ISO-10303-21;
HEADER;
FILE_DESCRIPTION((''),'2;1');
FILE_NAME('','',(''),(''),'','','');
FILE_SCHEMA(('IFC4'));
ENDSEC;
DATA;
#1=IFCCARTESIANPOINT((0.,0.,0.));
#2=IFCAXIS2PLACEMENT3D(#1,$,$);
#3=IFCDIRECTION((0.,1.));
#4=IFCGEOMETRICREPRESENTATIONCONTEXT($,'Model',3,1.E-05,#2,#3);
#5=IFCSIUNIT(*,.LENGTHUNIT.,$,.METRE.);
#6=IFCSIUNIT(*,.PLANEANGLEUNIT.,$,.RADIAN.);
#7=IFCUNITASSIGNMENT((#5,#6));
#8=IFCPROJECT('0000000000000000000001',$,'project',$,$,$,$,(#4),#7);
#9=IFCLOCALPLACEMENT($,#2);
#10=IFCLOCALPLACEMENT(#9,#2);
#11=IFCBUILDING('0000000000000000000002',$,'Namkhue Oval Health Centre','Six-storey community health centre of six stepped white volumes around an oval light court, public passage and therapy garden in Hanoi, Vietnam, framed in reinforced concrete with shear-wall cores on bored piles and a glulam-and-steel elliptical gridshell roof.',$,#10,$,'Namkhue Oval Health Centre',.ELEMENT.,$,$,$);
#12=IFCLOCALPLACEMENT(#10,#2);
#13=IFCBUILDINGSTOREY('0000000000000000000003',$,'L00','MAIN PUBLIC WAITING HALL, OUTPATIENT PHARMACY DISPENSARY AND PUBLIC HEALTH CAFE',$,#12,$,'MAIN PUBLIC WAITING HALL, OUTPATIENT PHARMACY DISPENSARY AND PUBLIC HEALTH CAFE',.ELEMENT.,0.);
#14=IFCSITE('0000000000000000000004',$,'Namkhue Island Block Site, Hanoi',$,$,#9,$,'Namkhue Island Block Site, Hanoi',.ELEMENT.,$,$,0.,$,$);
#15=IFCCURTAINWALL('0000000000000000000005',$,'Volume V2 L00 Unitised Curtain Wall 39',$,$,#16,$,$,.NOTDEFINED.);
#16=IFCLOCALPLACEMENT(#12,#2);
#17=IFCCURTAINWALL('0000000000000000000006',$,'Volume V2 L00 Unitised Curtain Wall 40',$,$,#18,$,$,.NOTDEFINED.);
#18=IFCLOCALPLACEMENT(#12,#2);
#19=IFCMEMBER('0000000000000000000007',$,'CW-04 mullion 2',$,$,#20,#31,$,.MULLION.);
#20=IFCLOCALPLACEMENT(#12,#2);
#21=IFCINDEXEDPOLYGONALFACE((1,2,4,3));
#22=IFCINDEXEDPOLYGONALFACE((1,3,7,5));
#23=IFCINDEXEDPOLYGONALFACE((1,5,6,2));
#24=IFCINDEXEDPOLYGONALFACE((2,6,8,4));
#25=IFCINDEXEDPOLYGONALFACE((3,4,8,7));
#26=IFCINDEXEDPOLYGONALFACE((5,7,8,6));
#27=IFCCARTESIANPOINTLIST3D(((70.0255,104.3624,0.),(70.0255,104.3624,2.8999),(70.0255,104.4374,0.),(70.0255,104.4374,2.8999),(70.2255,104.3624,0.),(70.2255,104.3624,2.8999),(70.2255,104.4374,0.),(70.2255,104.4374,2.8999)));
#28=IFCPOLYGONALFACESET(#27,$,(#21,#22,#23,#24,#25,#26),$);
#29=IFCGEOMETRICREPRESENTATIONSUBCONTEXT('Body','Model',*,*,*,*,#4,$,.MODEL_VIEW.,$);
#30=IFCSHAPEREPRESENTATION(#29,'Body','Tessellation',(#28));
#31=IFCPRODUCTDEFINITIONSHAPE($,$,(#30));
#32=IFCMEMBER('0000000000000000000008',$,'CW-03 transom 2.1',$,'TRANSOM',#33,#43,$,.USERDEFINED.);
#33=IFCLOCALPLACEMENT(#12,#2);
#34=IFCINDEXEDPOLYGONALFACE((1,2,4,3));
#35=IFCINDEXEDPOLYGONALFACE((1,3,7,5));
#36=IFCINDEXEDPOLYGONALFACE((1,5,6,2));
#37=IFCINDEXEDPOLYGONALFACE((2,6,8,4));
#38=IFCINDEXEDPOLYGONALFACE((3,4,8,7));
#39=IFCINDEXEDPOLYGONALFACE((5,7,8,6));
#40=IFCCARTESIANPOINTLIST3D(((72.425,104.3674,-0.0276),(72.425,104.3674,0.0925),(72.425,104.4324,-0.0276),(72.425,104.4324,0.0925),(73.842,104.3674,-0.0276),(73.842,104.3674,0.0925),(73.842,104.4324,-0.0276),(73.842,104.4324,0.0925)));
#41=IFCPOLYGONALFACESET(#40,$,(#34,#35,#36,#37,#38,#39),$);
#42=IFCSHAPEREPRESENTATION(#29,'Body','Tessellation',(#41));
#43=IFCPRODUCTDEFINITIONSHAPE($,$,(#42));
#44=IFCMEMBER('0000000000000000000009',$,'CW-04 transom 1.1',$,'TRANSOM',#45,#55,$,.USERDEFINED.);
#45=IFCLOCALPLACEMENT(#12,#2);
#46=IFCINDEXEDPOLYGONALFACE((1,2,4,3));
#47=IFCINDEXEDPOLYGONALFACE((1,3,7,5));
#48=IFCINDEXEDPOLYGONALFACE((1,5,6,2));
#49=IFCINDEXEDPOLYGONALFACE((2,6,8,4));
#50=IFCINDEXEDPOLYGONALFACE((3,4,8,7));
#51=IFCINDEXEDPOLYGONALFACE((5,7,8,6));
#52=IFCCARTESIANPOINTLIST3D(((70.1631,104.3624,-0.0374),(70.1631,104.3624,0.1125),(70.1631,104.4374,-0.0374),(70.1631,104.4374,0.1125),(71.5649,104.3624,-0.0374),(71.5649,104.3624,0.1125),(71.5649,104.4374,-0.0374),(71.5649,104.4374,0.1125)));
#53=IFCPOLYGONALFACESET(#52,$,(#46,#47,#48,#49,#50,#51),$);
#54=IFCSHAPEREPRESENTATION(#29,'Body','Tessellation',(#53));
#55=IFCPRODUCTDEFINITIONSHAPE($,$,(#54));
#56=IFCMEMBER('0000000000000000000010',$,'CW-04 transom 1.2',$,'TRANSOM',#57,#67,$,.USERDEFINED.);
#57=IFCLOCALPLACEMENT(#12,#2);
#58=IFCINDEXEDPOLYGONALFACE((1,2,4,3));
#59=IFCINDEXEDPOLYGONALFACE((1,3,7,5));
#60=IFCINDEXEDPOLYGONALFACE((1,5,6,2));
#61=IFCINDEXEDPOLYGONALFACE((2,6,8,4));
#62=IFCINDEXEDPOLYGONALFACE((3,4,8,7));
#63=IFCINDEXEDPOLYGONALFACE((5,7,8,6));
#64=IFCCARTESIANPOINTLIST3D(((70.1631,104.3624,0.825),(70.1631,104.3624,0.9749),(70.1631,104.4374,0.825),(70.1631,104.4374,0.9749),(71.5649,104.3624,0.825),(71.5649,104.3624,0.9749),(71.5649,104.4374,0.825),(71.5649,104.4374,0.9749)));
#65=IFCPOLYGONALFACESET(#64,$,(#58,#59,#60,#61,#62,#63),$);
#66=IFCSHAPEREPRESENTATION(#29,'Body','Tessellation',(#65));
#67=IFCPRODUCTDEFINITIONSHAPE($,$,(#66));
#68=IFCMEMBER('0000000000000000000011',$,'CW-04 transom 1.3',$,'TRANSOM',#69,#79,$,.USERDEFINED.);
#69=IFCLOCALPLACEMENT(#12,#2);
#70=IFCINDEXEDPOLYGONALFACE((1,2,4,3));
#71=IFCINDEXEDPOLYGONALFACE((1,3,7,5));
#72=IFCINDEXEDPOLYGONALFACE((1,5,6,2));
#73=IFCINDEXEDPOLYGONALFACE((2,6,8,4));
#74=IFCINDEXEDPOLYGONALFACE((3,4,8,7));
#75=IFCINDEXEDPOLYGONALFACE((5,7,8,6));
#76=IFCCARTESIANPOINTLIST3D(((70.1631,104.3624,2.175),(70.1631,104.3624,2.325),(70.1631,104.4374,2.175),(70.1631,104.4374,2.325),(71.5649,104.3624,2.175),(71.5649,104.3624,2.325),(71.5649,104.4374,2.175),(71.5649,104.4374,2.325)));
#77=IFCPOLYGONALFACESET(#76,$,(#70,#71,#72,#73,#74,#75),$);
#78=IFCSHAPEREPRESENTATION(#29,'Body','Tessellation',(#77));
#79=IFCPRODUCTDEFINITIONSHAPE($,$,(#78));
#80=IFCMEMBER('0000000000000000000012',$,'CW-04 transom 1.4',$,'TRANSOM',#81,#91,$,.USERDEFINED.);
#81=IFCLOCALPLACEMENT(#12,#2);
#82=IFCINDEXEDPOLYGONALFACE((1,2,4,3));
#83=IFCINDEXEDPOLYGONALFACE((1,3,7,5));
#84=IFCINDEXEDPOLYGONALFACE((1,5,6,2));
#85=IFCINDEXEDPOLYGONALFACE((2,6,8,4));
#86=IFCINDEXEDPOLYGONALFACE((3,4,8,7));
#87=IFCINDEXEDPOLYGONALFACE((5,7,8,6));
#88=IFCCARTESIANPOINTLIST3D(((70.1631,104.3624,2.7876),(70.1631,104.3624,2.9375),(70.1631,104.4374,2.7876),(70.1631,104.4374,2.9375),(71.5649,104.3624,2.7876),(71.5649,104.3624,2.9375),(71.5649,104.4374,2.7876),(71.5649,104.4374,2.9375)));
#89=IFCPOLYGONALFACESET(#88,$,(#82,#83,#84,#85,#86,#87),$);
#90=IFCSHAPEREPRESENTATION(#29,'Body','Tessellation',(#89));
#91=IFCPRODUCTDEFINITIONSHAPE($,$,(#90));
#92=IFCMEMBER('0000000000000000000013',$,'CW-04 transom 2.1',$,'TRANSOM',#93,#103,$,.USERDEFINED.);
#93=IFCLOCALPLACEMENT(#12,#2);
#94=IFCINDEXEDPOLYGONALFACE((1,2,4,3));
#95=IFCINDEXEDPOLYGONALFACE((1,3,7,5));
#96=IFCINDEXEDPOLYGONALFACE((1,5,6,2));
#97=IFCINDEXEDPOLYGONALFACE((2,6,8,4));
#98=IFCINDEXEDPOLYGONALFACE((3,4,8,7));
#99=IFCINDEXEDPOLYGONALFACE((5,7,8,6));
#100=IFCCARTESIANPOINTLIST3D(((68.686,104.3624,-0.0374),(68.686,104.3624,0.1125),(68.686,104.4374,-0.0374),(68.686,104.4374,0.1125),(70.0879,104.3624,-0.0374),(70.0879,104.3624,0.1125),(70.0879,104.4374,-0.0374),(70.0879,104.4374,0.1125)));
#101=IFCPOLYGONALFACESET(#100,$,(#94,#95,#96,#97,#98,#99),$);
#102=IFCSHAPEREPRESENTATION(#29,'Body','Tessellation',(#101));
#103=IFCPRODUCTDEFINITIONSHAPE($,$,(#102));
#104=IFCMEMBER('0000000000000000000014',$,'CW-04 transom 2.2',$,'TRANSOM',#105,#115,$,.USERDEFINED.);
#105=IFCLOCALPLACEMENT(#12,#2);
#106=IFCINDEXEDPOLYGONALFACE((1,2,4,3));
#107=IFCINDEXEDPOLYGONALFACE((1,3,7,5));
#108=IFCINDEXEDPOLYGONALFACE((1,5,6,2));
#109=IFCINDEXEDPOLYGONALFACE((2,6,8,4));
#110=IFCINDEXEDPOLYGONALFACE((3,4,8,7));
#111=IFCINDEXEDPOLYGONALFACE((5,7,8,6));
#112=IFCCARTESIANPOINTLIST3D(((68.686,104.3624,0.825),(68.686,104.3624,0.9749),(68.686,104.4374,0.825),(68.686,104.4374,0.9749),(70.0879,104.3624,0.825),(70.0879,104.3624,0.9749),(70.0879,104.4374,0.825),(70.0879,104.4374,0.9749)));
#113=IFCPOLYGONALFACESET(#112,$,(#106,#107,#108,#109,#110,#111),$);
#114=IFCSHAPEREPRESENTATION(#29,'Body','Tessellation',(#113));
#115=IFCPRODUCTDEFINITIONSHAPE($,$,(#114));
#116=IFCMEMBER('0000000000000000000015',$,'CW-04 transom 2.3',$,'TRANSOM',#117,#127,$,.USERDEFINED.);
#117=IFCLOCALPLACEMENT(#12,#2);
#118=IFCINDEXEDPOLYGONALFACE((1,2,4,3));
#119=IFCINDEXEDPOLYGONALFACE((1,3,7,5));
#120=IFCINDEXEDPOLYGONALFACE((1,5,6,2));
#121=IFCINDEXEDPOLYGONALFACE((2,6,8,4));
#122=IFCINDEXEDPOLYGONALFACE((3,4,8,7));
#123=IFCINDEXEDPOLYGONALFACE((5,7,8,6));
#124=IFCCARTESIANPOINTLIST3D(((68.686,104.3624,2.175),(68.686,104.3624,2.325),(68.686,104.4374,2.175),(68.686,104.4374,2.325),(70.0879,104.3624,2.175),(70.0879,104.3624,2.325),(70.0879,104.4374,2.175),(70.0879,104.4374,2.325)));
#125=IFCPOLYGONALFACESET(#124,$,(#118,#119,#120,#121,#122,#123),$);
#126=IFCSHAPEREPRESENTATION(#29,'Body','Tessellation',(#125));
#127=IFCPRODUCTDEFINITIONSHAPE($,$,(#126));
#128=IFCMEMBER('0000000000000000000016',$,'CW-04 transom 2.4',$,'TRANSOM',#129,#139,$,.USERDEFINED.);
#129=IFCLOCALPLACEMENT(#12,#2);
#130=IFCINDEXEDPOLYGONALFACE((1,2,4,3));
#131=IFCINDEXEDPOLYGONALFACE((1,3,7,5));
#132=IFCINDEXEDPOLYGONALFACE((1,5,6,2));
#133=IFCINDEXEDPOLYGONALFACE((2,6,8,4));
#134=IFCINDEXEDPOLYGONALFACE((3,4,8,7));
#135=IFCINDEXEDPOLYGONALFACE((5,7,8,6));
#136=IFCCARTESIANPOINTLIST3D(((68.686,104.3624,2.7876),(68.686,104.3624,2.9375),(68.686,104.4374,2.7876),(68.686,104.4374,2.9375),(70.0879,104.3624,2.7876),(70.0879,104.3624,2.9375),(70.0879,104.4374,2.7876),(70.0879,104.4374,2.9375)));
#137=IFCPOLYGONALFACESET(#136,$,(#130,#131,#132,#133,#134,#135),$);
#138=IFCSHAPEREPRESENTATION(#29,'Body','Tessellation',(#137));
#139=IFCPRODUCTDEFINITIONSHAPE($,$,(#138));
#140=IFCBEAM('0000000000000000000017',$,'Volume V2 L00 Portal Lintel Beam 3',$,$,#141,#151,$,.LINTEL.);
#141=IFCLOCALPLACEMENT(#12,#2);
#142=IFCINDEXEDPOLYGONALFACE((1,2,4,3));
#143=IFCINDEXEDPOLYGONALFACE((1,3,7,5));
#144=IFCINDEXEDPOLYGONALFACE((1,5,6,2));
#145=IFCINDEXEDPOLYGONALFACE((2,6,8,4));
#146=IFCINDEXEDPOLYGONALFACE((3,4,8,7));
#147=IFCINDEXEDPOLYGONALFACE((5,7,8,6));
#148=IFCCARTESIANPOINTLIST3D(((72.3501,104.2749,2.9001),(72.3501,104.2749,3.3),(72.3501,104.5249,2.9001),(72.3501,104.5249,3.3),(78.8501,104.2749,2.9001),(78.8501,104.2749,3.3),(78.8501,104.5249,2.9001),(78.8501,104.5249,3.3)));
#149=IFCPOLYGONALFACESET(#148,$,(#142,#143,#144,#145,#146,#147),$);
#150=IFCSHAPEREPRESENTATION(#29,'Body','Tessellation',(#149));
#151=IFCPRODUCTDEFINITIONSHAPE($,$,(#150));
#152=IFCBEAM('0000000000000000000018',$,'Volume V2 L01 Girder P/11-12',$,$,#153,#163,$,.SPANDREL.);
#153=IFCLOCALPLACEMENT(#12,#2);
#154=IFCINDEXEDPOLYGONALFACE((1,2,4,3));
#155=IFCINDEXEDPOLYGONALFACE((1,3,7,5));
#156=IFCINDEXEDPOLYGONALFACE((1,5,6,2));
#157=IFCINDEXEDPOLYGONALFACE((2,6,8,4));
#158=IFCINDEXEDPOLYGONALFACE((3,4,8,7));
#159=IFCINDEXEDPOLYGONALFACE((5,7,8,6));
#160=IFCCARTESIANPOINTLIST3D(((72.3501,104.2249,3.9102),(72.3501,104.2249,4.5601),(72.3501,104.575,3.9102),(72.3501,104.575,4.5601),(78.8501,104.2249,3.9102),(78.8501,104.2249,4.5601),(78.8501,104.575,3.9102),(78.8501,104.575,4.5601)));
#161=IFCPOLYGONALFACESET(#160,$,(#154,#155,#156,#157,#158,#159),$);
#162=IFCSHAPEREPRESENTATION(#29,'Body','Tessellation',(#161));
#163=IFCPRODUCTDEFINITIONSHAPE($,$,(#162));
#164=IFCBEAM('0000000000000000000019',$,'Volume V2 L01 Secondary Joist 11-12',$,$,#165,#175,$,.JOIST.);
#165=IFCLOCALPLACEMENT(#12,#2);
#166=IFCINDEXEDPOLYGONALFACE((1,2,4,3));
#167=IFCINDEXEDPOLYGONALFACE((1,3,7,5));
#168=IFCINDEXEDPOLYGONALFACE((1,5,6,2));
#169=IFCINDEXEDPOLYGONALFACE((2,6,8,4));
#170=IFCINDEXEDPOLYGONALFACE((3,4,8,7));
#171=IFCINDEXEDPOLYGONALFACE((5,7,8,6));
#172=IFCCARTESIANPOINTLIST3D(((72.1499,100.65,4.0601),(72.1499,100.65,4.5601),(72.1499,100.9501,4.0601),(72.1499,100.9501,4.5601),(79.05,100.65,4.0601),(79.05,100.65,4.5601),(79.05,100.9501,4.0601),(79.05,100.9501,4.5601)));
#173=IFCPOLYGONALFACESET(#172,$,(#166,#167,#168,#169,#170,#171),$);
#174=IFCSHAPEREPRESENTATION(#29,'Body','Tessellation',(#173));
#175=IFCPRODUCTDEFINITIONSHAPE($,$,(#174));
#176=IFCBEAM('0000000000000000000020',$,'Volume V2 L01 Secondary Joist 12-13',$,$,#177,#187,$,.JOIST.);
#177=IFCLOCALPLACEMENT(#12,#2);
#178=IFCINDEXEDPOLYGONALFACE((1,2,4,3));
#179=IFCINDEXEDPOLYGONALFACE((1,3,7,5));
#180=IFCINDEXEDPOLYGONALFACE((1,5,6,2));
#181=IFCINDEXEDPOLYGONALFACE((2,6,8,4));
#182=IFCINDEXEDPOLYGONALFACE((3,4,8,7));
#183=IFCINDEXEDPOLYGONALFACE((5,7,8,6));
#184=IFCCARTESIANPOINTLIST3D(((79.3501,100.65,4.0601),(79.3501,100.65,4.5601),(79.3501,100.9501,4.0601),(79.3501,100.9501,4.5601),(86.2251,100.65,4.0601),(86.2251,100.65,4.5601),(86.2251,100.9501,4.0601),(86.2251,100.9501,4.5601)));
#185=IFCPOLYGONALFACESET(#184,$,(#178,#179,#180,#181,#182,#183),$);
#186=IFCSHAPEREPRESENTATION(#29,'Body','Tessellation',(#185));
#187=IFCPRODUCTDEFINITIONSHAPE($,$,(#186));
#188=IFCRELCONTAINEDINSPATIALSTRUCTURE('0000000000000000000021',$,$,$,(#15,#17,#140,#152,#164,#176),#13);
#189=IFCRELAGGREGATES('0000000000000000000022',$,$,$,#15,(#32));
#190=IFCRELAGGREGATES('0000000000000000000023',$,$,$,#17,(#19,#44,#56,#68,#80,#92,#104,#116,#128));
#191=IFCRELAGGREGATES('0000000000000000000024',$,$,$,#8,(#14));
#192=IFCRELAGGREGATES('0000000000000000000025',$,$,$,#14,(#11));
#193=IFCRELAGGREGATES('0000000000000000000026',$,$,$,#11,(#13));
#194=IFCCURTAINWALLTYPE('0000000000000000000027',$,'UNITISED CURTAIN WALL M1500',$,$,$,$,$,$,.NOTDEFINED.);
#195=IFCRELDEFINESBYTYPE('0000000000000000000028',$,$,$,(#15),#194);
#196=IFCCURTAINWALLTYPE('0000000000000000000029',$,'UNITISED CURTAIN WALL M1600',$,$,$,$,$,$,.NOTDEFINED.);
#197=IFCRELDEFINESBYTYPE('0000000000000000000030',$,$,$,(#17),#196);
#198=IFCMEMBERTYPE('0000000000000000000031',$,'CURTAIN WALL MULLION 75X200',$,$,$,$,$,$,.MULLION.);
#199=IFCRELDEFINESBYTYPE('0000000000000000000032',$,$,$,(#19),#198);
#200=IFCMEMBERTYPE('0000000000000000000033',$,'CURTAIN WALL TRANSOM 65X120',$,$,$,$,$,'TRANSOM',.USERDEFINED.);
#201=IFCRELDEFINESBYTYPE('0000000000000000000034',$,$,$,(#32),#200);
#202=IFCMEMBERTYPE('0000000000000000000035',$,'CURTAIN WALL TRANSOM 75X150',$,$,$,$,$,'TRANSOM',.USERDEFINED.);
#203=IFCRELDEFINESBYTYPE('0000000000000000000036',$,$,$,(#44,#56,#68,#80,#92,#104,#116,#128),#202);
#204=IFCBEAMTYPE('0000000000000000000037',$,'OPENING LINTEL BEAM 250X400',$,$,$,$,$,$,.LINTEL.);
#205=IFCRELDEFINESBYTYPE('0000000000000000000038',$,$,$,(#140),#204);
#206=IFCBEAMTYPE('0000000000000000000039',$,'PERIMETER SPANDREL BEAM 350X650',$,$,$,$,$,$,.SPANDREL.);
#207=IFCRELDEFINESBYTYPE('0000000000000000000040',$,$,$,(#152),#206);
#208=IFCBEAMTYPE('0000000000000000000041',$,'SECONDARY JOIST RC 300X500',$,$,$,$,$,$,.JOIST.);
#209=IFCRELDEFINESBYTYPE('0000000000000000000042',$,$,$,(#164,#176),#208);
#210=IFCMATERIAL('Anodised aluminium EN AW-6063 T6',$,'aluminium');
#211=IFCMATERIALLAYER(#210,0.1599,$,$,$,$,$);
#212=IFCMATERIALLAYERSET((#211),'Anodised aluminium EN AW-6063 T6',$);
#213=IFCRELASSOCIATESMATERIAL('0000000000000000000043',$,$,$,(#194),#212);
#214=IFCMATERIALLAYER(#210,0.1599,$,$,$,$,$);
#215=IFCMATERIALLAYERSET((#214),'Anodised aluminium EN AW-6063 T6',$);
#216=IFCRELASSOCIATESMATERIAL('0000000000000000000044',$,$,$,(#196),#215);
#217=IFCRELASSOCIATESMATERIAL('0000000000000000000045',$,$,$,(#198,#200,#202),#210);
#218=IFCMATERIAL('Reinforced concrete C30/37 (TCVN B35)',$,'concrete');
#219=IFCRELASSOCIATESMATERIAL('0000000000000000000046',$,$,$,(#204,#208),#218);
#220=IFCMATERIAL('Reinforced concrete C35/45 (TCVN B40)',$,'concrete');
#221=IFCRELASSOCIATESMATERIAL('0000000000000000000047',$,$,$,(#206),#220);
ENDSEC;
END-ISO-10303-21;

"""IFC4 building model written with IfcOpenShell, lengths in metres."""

from ifc_helpers import new_model, si_unit, direction, frame, origin, origin_2d, place, context, subcontext, project, spatial, rectangle, extrude, material, layer, layer_set, material_profile, profile_set, type_object, element, aggregate, save


model = new_model("IFC4")

# Units and contexts
model_context = context("Model", 3, precision=1e-05, world=origin(), true_north=direction((0.0, 1.0)))
body_context = subcontext(model_context, "Body", "Model", "MODEL_VIEW")
ifc_project = project(units=[si_unit("LENGTHUNIT", "METRE"), si_unit("PLANEANGLEUNIT", "RADIAN")], contexts=[model_context])

# Site, building, storey
site_placement = place(None, origin())
site = spatial("IfcSite", under=ifc_project, at=site_placement, Name="Namkhue Island Block Site, Hanoi", LongName="Namkhue Island Block Site, Hanoi", CompositionType="ELEMENT", RefElevation=0.0)
building_placement = place(site_placement, origin())
building = spatial("IfcBuilding", under=site, at=building_placement, Name="Namkhue Oval Health Centre", Description="Six-storey community health centre of six stepped white volumes around an oval light court, public passage and therapy garden in Hanoi, Vietnam, framed in reinforced concrete with shear-wall cores on bored piles and a glulam-and-steel elliptical gridshell roof.", LongName="Namkhue Oval Health Centre", CompositionType="ELEMENT")
storey_placement = place(building_placement, origin())
storey = spatial("IfcBuildingStorey", under=building, at=storey_placement, Name="L00", Description="MAIN PUBLIC WAITING HALL, OUTPATIENT PHARMACY DISPENSARY AND PUBLIC HEALTH CAFE", LongName="MAIN PUBLIC WAITING HALL, OUTPATIENT PHARMACY DISPENSARY AND PUBLIC HEALTH CAFE", CompositionType="ELEMENT", Elevation=0.0)

# Shared definitions
ifc_material_1 = material(Name="Reinforced concrete C30/37 (TCVN B35)", Category="concrete")

# Shared definitions
ifc_material_2 = material(Name="Reinforced concrete C35/45 (TCVN B40)", Category="concrete")

# Curtain wall
ifc_material_3 = material(Name="Anodised aluminium EN AW-6063 T6", Category="aluminium")
ifc_layer_1 = layer(ifc_material_3, 0.1599)
ifc_layer_set_1 = layer_set([ifc_layer_1], Name="Anodised aluminium EN AW-6063 T6")
curtain_wall_type_1 = type_object("IfcCurtainWallType", Name="UNITISED CURTAIN WALL M1500", PredefinedType="NOTDEFINED", material=ifc_layer_set_1)
curtain_wall_1_placement = place(storey_placement, origin())
curtain_wall_1 = element("IfcCurtainWall", 1, at=curtain_wall_1_placement, inside=storey, type_object=curtain_wall_type_1, Name="Volume V2 L00 Unitised Curtain Wall 39", PredefinedType="NOTDEFINED")

# Curtain wall, member
ifc_layer_2 = layer(ifc_material_3, 0.1599)
ifc_layer_set_2 = layer_set([ifc_layer_2], Name="Anodised aluminium EN AW-6063 T6")
curtain_wall_type_2 = type_object("IfcCurtainWallType", Name="UNITISED CURTAIN WALL M1600", PredefinedType="NOTDEFINED", material=ifc_layer_set_2)
curtain_wall_2_placement = place(storey_placement, origin())
curtain_wall_2 = element("IfcCurtainWall", 2, at=curtain_wall_2_placement, inside=storey, type_object=curtain_wall_type_2, Name="Volume V2 L00 Unitised Curtain Wall 40", PredefinedType="NOTDEFINED")
ifc_material_profile_1 = material_profile(ifc_material_3, rectangle(XDim=0.075, YDim=0.2, at=origin_2d()), Name="ALU 75x200")
ifc_profile_set_1 = profile_set([ifc_material_profile_1], Name="Anodised aluminium EN AW-6063 T6")
member_type_1 = type_object("IfcMemberType", Name="CURTAIN WALL MULLION 75X200", PredefinedType="MULLION", material=ifc_profile_set_1)
member_1_placement = place(storey_placement, frame((70.1255, 104.3999, 0.0), z_axis=(0.0, 0.0, 1.0), x_axis=(0.0, -1.0, 0.0)))
member_1 = element("IfcMember", 3, at=member_1_placement, type_object=member_type_1, Name="CW-04 mullion 2", PredefinedType="MULLION", context=body_context, shape_type="SweptSolid", body=[
    extrude(rectangle(XDim=0.075, YDim=0.2, at=origin_2d()), origin(), (0.0, 0.0, 1.0), 2.8999),
])

# Members
ifc_material_profile_2 = material_profile(ifc_material_3, rectangle(XDim=0.0649, YDim=0.1201, at=origin_2d()), Name="ALU 65x120")
ifc_profile_set_2 = profile_set([ifc_material_profile_2], Name="Anodised aluminium EN AW-6063 T6")
member_type_2 = type_object("IfcMemberType", Name="CURTAIN WALL TRANSOM 65X120", ElementType="TRANSOM", PredefinedType="USERDEFINED", material=ifc_profile_set_2)
member_2_placement = place(storey_placement, frame((73.842, 104.3999, 0.0325), z_axis=(-1.0, 0.0, 0.0), x_axis=(0.0, -1.0, 0.0)))
member_2 = element("IfcMember", 4, at=member_2_placement, type_object=member_type_2, Name="CW-03 transom 2.1", ObjectType="TRANSOM", PredefinedType="USERDEFINED", context=body_context, shape_type="SweptSolid", body=[
    extrude(rectangle(XDim=0.0649, YDim=0.1201, at=origin_2d()), origin(), (0.0, 0.0, 1.0), 1.417),
])
ifc_material_profile_3 = material_profile(ifc_material_3, rectangle(XDim=0.075, YDim=0.1499, at=origin_2d()), Name="ALU 75x150")
ifc_profile_set_3 = profile_set([ifc_material_profile_3], Name="Anodised aluminium EN AW-6063 T6")
member_type_3 = type_object("IfcMemberType", Name="CURTAIN WALL TRANSOM 75X150", ElementType="TRANSOM", PredefinedType="USERDEFINED", material=ifc_profile_set_3)
member_3_placement = place(storey_placement, frame((71.5649, 104.3999, 0.0376), z_axis=(-1.0, 0.0, 0.0), x_axis=(0.0, -1.0, 0.0)))
member_3 = element("IfcMember", 5, at=member_3_placement, type_object=member_type_3, Name="CW-04 transom 1.1", ObjectType="TRANSOM", PredefinedType="USERDEFINED", context=body_context, shape_type="SweptSolid", body=[
    extrude(rectangle(XDim=0.075, YDim=0.1499, at=origin_2d()), origin(), (0.0, 0.0, 1.0), 1.4019),
])
member_4_placement = place(storey_placement, frame((71.5649, 104.3999, 0.8999), z_axis=(-1.0, 0.0, 0.0), x_axis=(0.0, -1.0, 0.0)))
member_4 = element("IfcMember", 6, at=member_4_placement, type_object=member_type_3, Name="CW-04 transom 1.2", ObjectType="TRANSOM", PredefinedType="USERDEFINED", context=body_context, shape_type="SweptSolid", body=[
    extrude(rectangle(XDim=0.075, YDim=0.1499, at=origin_2d()), origin(), (0.0, 0.0, 1.0), 1.4019),
])
member_5_placement = place(storey_placement, frame((71.5649, 104.3999, 2.25), z_axis=(-1.0, 0.0, 0.0), x_axis=(0.0, -1.0, 0.0)))
member_5 = element("IfcMember", 7, at=member_5_placement, type_object=member_type_3, Name="CW-04 transom 1.3", ObjectType="TRANSOM", PredefinedType="USERDEFINED", context=body_context, shape_type="SweptSolid", body=[
    extrude(rectangle(XDim=0.075, YDim=0.1499, at=origin_2d()), origin(), (0.0, 0.0, 1.0), 1.4019),
])
member_6_placement = place(storey_placement, frame((71.5649, 104.3999, 2.8625), z_axis=(-1.0, 0.0, 0.0), x_axis=(0.0, -1.0, 0.0)))
member_6 = element("IfcMember", 8, at=member_6_placement, type_object=member_type_3, Name="CW-04 transom 1.4", ObjectType="TRANSOM", PredefinedType="USERDEFINED", context=body_context, shape_type="SweptSolid", body=[
    extrude(rectangle(XDim=0.075, YDim=0.1499, at=origin_2d()), origin(), (0.0, 0.0, 1.0), 1.4019),
])
member_7_placement = place(storey_placement, frame((70.0879, 104.3999, 0.0376), z_axis=(-1.0, 0.0, 0.0), x_axis=(0.0, -1.0, 0.0)))
member_7 = element("IfcMember", 9, at=member_7_placement, type_object=member_type_3, Name="CW-04 transom 2.1", ObjectType="TRANSOM", PredefinedType="USERDEFINED", context=body_context, shape_type="SweptSolid", body=[
    extrude(rectangle(XDim=0.075, YDim=0.1499, at=origin_2d()), origin(), (0.0, 0.0, 1.0), 1.4019),
])
member_8_placement = place(storey_placement, frame((70.0879, 104.3999, 0.8999), z_axis=(-1.0, 0.0, 0.0), x_axis=(0.0, -1.0, 0.0)))
member_8 = element("IfcMember", 10, at=member_8_placement, type_object=member_type_3, Name="CW-04 transom 2.2", ObjectType="TRANSOM", PredefinedType="USERDEFINED", context=body_context, shape_type="SweptSolid", body=[
    extrude(rectangle(XDim=0.075, YDim=0.1499, at=origin_2d()), origin(), (0.0, 0.0, 1.0), 1.4019),
])
member_9_placement = place(storey_placement, frame((70.0879, 104.3999, 2.25), z_axis=(-1.0, 0.0, 0.0), x_axis=(0.0, -1.0, 0.0)))
member_9 = element("IfcMember", 11, at=member_9_placement, type_object=member_type_3, Name="CW-04 transom 2.3", ObjectType="TRANSOM", PredefinedType="USERDEFINED", context=body_context, shape_type="SweptSolid", body=[
    extrude(rectangle(XDim=0.075, YDim=0.1499, at=origin_2d()), origin(), (0.0, 0.0, 1.0), 1.4019),
])
member_10_placement = place(storey_placement, frame((70.0879, 104.3999, 2.8625), z_axis=(-1.0, 0.0, 0.0), x_axis=(0.0, -1.0, 0.0)))
member_10 = element("IfcMember", 12, at=member_10_placement, type_object=member_type_3, Name="CW-04 transom 2.4", ObjectType="TRANSOM", PredefinedType="USERDEFINED", context=body_context, shape_type="SweptSolid", body=[
    extrude(rectangle(XDim=0.075, YDim=0.1499, at=origin_2d()), origin(), (0.0, 0.0, 1.0), 1.4019),
])

# Beams
ifc_material_profile_4 = material_profile(ifc_material_1, rectangle(XDim=0.25, YDim=0.3999, at=origin_2d()), Name="RC 250x400")
ifc_profile_set_4 = profile_set([ifc_material_profile_4], Name="Reinforced concrete C30/37 (TCVN B35)")
beam_type_1 = type_object("IfcBeamType", Name="OPENING LINTEL BEAM 250X400", PredefinedType="LINTEL", material=ifc_profile_set_4)
beam_1_placement = place(storey_placement, frame((72.3501, 104.3999, 3.1001), z_axis=(1.0, 0.0, 0.0), x_axis=(0.0, 1.0, 0.0)))
element("IfcBeam", 13, at=beam_1_placement, inside=storey, type_object=beam_type_1, Name="Volume V2 L00 Portal Lintel Beam 3", PredefinedType="LINTEL", context=body_context, shape_type="SweptSolid", body=[
    extrude(rectangle(XDim=0.25, YDim=0.3999, at=origin_2d()), origin(), (0.0, 0.0, 1.0), 6.5),
])
ifc_material_profile_5 = material_profile(ifc_material_2, rectangle(XDim=0.3501, YDim=0.6499, at=origin_2d()), Name="RC 350x650")
ifc_profile_set_5 = profile_set([ifc_material_profile_5], Name="Reinforced concrete C35/45 (TCVN B40)")
beam_type_2 = type_object("IfcBeamType", Name="PERIMETER SPANDREL BEAM 350X650", PredefinedType="SPANDREL", material=ifc_profile_set_5)
beam_2_placement = place(storey_placement, frame((72.3501, 104.3999, 4.2351), z_axis=(1.0, 0.0, 0.0), x_axis=(0.0, 1.0, 0.0)))
element("IfcBeam", 14, at=beam_2_placement, inside=storey, type_object=beam_type_2, Name="Volume V2 L01 Girder P/11-12", PredefinedType="SPANDREL", context=body_context, shape_type="SweptSolid", body=[
    extrude(rectangle(XDim=0.3501, YDim=0.6499, at=origin_2d()), origin(), (0.0, 0.0, 1.0), 6.5),
])
ifc_material_profile_6 = material_profile(ifc_material_1, rectangle(XDim=0.3, YDim=0.5, at=origin_2d()), Name="RC 300x500")
ifc_profile_set_6 = profile_set([ifc_material_profile_6], Name="Reinforced concrete C30/37 (TCVN B35)")
beam_type_3 = type_object("IfcBeamType", Name="SECONDARY JOIST RC 300X500", PredefinedType="JOIST", material=ifc_profile_set_6)
beam_3_placement = place(storey_placement, frame((72.1499, 100.8, 4.3101), z_axis=(1.0, 0.0, 0.0), x_axis=(0.0, 1.0, 0.0)))
element("IfcBeam", 15, at=beam_3_placement, inside=storey, type_object=beam_type_3, Name="Volume V2 L01 Secondary Joist 11-12", PredefinedType="JOIST", context=body_context, shape_type="SweptSolid", body=[
    extrude(rectangle(XDim=0.3, YDim=0.5, at=origin_2d()), origin(), (0.0, 0.0, 1.0), 6.9001),
])
beam_4_placement = place(storey_placement, frame((79.3501, 100.8, 4.3101), z_axis=(1.0, 0.0, 0.0), x_axis=(0.0, 1.0, 0.0)))
element("IfcBeam", 16, at=beam_4_placement, inside=storey, type_object=beam_type_3, Name="Volume V2 L01 Secondary Joist 12-13", PredefinedType="JOIST", context=body_context, shape_type="SweptSolid", body=[
    extrude(rectangle(XDim=0.3, YDim=0.5, at=origin_2d()), origin(), (0.0, 0.0, 1.0), 6.875),
])

aggregate(curtain_wall_1, [member_2])
aggregate(curtain_wall_2, [member_1, member_3, member_4, member_5, member_6, member_7, member_8, member_9, member_10])

save(model, "model.ifc")
